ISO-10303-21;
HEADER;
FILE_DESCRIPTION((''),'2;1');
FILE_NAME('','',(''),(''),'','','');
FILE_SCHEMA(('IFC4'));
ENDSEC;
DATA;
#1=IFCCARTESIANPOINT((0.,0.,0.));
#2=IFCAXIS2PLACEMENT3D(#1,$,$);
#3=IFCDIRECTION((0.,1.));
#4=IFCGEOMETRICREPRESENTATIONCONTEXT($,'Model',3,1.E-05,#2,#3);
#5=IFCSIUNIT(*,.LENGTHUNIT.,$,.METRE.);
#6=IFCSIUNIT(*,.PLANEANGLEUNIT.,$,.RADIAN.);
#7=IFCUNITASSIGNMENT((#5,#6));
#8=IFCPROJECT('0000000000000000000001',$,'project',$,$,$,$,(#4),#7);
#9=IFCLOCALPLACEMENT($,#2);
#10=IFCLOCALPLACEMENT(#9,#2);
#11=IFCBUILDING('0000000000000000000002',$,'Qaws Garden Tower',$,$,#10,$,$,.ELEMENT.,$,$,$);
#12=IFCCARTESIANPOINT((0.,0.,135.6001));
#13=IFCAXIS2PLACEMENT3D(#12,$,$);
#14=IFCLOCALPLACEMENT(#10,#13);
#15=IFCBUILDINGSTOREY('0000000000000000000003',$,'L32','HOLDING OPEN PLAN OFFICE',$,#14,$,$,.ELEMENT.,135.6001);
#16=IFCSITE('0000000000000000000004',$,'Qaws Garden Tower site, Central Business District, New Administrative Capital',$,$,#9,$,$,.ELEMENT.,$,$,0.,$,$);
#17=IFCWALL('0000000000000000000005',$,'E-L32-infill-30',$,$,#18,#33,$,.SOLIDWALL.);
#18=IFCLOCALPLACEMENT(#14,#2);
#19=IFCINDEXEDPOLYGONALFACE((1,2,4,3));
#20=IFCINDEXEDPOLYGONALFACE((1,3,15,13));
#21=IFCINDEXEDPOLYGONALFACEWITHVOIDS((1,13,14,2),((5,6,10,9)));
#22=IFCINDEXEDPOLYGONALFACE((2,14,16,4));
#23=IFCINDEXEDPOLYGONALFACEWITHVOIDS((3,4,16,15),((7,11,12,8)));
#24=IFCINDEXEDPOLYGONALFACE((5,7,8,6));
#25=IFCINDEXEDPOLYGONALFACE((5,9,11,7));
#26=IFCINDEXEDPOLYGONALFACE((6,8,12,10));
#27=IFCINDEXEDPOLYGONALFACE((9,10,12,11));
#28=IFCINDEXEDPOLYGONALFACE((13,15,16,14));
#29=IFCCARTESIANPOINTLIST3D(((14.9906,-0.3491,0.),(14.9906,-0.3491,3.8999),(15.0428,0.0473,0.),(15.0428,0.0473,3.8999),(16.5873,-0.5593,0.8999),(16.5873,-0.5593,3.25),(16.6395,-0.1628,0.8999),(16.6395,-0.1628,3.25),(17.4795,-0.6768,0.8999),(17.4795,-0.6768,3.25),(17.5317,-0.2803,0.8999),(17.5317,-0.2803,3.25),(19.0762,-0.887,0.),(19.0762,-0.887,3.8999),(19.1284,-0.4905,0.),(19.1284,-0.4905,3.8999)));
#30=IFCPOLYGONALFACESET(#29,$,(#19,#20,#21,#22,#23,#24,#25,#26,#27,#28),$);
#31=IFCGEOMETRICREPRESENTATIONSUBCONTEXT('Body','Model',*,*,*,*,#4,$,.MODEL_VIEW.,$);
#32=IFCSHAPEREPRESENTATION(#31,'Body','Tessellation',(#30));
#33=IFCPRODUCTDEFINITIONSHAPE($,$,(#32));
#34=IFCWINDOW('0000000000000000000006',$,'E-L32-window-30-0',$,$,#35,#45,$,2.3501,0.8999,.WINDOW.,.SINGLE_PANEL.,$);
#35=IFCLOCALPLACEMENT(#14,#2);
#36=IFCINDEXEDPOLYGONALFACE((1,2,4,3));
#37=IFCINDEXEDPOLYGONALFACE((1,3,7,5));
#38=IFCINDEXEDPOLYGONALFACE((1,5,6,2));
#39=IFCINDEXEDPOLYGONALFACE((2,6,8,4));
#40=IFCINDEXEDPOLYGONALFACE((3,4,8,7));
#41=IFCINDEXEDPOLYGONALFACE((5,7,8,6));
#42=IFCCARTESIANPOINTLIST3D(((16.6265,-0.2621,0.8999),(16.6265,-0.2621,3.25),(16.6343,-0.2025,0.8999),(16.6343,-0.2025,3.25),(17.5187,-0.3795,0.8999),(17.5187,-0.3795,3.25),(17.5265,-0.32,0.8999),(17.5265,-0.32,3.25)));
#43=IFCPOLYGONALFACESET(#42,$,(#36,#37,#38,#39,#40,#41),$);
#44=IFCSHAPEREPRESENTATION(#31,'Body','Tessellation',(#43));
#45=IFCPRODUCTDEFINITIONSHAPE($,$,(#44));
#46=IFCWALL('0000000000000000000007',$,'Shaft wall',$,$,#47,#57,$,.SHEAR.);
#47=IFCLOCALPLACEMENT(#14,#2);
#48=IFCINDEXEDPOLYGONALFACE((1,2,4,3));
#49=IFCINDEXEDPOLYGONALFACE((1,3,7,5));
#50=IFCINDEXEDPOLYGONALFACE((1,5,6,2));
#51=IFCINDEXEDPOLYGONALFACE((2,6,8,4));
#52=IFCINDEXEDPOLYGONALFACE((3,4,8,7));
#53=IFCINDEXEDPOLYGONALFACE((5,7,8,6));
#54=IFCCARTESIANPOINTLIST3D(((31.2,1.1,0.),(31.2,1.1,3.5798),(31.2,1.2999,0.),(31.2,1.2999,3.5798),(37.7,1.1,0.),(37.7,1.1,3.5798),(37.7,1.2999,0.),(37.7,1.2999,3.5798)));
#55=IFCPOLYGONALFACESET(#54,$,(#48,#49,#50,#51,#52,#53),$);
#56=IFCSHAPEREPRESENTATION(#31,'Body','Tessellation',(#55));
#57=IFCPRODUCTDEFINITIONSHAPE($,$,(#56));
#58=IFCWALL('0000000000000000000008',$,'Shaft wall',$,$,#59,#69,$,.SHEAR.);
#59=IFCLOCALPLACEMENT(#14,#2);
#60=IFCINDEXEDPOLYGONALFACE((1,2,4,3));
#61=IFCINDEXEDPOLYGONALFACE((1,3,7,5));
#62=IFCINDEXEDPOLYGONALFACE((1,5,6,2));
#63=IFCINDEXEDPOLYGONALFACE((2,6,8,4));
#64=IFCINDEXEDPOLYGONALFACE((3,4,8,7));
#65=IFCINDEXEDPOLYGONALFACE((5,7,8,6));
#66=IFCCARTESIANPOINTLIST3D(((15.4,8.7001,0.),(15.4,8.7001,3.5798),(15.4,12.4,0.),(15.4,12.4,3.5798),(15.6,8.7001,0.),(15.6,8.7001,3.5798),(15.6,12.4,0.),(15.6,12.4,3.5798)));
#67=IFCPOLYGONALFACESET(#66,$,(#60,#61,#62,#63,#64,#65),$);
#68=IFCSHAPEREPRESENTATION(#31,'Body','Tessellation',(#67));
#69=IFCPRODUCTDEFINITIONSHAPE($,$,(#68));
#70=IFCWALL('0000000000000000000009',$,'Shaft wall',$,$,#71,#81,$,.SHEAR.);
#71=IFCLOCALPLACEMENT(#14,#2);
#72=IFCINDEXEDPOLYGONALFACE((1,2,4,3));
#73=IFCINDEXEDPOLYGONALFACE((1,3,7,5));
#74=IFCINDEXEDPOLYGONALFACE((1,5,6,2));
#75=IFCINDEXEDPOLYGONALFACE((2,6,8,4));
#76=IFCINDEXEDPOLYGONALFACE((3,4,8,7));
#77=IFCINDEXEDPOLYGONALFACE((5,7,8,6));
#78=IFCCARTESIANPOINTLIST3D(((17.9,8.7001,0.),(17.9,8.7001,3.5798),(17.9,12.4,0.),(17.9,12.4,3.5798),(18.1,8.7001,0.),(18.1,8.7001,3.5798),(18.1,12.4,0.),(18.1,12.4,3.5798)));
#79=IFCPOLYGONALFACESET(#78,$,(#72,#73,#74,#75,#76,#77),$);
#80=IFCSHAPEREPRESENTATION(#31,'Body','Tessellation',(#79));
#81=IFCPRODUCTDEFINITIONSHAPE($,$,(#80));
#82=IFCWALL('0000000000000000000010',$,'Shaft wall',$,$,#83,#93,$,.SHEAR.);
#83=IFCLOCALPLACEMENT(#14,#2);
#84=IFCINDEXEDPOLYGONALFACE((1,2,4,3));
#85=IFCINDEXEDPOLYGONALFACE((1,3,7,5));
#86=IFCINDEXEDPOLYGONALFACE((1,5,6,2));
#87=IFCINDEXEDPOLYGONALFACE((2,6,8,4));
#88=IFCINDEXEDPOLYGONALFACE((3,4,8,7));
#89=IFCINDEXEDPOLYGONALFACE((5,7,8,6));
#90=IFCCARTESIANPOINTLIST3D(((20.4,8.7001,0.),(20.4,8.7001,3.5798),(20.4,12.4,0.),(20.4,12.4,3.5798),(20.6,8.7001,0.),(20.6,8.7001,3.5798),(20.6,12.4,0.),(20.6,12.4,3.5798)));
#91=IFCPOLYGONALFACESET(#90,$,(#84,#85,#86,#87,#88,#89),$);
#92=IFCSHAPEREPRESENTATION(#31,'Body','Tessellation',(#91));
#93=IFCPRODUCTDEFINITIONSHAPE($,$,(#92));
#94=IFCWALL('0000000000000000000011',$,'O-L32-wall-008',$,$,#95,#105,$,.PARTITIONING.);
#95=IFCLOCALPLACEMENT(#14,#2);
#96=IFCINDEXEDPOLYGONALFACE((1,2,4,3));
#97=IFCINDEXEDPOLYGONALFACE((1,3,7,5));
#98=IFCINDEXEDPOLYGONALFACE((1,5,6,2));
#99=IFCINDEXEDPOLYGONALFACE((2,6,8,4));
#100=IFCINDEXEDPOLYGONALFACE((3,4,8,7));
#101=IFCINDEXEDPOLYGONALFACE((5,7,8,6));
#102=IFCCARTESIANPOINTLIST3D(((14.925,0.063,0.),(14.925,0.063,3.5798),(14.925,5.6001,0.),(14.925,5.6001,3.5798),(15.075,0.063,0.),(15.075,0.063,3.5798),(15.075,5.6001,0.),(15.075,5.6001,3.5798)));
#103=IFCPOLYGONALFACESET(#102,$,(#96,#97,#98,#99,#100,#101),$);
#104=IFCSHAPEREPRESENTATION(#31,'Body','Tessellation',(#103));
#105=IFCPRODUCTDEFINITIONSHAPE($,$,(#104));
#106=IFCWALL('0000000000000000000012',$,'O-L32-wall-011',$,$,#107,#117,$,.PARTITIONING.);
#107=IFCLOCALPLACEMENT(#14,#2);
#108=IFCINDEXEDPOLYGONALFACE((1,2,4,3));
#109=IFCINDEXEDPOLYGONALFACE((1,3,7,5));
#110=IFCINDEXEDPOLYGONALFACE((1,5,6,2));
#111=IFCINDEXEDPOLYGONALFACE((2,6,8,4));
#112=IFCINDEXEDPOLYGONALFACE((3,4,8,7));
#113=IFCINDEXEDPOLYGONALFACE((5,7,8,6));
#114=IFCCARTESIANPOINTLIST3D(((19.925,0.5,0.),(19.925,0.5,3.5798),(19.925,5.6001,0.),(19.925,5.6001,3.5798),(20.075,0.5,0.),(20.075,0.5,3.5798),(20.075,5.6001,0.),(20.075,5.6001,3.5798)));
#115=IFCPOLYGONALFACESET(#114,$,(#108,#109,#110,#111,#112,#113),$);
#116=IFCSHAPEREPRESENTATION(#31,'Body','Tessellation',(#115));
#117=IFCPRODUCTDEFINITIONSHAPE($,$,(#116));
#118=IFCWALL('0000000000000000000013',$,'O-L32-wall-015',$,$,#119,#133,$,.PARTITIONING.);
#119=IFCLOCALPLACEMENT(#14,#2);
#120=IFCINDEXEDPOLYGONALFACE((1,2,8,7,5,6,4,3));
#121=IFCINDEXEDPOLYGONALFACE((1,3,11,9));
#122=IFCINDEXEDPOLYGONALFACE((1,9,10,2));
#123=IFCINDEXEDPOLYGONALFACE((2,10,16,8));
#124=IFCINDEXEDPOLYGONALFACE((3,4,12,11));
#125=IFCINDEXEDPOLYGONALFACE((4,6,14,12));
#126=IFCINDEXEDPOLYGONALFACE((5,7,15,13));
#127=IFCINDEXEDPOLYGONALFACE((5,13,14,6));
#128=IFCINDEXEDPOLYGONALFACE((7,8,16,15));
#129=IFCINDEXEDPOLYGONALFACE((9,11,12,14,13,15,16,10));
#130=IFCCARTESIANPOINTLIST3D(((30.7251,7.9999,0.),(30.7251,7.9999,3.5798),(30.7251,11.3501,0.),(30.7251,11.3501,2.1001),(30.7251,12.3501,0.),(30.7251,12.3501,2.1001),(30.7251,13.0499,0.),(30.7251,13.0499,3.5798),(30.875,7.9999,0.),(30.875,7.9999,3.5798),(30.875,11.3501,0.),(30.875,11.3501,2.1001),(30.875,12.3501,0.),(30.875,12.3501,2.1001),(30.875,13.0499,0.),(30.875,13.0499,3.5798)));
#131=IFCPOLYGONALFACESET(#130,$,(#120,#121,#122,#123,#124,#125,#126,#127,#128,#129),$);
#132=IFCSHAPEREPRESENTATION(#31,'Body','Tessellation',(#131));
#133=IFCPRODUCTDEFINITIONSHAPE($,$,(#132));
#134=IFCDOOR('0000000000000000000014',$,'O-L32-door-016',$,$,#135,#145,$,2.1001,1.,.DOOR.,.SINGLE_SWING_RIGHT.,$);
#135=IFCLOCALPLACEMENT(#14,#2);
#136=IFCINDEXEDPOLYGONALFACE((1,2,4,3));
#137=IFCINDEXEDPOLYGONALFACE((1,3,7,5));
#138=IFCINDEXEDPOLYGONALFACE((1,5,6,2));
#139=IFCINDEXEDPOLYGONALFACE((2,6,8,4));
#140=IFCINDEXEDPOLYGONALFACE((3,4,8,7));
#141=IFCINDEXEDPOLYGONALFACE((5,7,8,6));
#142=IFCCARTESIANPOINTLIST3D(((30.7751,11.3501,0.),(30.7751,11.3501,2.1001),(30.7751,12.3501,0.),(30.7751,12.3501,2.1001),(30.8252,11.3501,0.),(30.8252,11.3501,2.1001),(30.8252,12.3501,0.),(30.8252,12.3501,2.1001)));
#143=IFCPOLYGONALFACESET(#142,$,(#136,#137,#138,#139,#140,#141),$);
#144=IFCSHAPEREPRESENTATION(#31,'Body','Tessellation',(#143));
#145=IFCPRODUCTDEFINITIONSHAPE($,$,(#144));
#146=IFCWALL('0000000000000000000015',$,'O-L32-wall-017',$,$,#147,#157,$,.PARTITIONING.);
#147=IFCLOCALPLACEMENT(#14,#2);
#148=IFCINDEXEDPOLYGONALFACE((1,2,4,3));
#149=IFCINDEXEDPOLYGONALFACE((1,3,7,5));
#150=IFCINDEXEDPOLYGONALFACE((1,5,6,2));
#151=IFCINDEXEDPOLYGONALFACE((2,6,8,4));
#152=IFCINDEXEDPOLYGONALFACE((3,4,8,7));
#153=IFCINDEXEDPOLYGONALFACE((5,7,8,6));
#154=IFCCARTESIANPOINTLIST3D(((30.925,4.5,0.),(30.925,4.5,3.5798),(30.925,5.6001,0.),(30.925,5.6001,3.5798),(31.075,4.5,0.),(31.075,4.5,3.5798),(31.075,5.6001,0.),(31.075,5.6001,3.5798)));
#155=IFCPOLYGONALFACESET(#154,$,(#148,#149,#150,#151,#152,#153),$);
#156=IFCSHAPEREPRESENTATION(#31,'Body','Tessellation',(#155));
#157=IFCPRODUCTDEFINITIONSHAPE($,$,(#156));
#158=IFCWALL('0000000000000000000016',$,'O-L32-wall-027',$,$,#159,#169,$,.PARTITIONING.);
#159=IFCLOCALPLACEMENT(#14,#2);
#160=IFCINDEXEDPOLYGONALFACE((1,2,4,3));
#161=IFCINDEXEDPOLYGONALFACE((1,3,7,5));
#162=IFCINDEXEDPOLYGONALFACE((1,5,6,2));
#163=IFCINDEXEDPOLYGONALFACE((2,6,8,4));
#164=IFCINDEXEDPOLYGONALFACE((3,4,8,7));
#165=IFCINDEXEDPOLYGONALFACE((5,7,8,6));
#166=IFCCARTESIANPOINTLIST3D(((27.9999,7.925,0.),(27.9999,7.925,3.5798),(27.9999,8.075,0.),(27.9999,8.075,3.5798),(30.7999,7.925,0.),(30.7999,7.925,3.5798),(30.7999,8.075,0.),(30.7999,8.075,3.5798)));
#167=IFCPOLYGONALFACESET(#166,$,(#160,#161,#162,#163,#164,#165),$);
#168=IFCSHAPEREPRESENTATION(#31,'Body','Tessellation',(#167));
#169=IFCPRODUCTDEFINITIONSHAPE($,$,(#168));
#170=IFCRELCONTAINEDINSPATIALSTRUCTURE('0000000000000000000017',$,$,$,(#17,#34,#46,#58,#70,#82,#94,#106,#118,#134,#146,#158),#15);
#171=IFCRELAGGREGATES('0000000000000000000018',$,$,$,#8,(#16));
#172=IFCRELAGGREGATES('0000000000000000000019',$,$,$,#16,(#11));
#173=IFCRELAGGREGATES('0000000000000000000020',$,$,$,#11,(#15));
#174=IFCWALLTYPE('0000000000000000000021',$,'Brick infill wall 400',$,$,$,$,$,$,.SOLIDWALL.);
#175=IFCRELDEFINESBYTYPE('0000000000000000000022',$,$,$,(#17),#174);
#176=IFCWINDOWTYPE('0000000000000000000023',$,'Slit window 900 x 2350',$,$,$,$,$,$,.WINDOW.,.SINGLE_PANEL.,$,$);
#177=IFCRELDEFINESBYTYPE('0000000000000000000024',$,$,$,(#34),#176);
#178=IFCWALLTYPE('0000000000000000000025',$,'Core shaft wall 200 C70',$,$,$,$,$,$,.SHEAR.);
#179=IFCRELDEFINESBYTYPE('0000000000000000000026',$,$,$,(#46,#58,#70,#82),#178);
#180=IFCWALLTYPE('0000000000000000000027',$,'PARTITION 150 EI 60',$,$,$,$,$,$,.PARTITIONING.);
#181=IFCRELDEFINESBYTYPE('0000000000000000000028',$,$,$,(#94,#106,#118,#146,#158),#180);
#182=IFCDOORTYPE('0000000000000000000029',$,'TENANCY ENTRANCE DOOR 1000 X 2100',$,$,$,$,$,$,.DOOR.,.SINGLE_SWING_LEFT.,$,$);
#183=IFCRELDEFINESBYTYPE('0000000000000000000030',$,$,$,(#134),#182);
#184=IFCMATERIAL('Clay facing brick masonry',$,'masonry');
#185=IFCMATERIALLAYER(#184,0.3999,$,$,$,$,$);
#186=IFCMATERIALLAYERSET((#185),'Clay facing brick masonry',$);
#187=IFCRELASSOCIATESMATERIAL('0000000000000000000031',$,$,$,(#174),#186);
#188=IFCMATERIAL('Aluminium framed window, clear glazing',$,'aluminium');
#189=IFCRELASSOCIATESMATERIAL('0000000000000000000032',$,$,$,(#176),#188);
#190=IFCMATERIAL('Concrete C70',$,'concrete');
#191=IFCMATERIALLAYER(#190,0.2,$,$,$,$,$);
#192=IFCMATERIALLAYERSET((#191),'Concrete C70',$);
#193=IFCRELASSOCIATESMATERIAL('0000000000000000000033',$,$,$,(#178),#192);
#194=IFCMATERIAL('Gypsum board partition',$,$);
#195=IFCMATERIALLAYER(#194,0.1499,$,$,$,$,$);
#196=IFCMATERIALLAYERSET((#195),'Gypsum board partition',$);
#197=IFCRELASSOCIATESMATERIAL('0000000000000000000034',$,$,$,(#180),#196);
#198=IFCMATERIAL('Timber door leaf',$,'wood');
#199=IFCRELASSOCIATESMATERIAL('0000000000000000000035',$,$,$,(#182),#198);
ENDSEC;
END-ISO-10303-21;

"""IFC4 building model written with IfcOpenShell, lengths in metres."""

from ifc_helpers import new_model, si_unit, direction, frame, frame_2d, origin, place, context, subcontext, project, spatial, rectangle, extrude, material, layer, layer_set, type_object, element, fill, save


model = new_model("IFC4")

# Units and contexts
model_context = context("Model", 3, precision=1e-05, world=origin(), true_north=direction((0.0, 1.0)))
body_context = subcontext(model_context, "Body", "Model", "MODEL_VIEW")
ifc_project = project(units=[si_unit("LENGTHUNIT", "METRE"), si_unit("PLANEANGLEUNIT", "RADIAN")], contexts=[model_context])

# Site, building, storey
site_placement = place(None, origin())
site = spatial("IfcSite", under=ifc_project, at=site_placement, Name="Qaws Garden Tower site, Central Business District, New Administrative Capital", CompositionType="ELEMENT", RefElevation=0.0)
building_placement = place(site_placement, origin())
building = spatial("IfcBuilding", under=site, at=building_placement, Name="Qaws Garden Tower", CompositionType="ELEMENT")
storey_placement = place(building_placement, frame((0.0, 0.0, 135.6001)))
storey = spatial("IfcBuildingStorey", under=building, at=storey_placement, Name="L32", Description="HOLDING OPEN PLAN OFFICE", CompositionType="ELEMENT", Elevation=135.6001)

# Shared definitions
ifc_material_1 = material(Name="Clay facing brick masonry", Category="masonry")
ifc_layer_1 = layer(ifc_material_1, 0.3999)
ifc_layer_set_1 = layer_set([ifc_layer_1], Name="Clay facing brick masonry")
wall_type_1 = type_object("IfcWallType", Name="Brick infill wall 400", PredefinedType="SOLIDWALL", material=ifc_layer_set_1)
ifc_material_2 = material(Name="Aluminium framed window, clear glazing", Category="aluminium")
window_type = type_object("IfcWindowType", Name="Slit window 900 x 2350", PartitioningType="SINGLE_PANEL", PredefinedType="WINDOW", material=ifc_material_2)

# Wall, opening, window
wall_1_placement = place(storey_placement, frame((15.0166, -0.1509, 0.0), z_axis=(0.0, 0.0, 1.0), x_axis=(0.991446, -0.130514, 0.0)))
wall_1 = element("IfcWall", 1, at=wall_1_placement, inside=storey, type_object=wall_type_1, Name="E-L32-infill-30", PredefinedType="SOLIDWALL", context=body_context, shape_type="SweptSolid", body=[
    extrude(rectangle(XDim=4.1208, YDim=0.3999, at=frame_2d((2.0605, 0.0))), origin(), (0.0, 0.0, 1.0), 3.8999),
])
opening_1_placement = place(wall_1_placement, frame((1.6106, 0.0, 0.8999)))
opening_1 = element("IfcOpeningElement", 2, at=opening_1_placement, cuts=wall_1, PredefinedType="OPENING", context=body_context, shape_type="SweptSolid", body=[
    extrude(rectangle(XDim=0.8999, YDim=2.3501, at=frame_2d((0.45, 1.175))), frame((0.0, 0.21, 0.0), z_axis=(0.0, -1.0, 0.0), x_axis=(1.0, 0.0, 0.0)), (0.0, 0.0, 1.0), 0.4199),
])
window_1_placement = place(opening_1_placement, origin())
window_1 = element("IfcWindow", 3, at=window_1_placement, inside=storey, type_object=window_type, Name="E-L32-window-30-0", OverallHeight=2.3501, OverallWidth=0.8999, PartitioningType="SINGLE_PANEL", PredefinedType="WINDOW", context=body_context, shape_type="SweptSolid", body=[
    extrude(rectangle(XDim=0.8999, YDim=2.3501, at=frame_2d((0.45, 1.175))), frame((0.0, 0.1599, 0.0), z_axis=(0.0, -1.0, 0.0), x_axis=(1.0, 0.0, 0.0)), (0.0, 0.0, 1.0), 0.0601),
])
fill(opening_1, window_1)

# Walls
ifc_material_3 = material(Name="Concrete C70", Category="concrete")
ifc_layer_2 = layer(ifc_material_3, 0.2)
ifc_layer_set_2 = layer_set([ifc_layer_2], Name="Concrete C70")
wall_type_2 = type_object("IfcWallType", Name="Core shaft wall 200 C70", PredefinedType="SHEAR", material=ifc_layer_set_2)
wall_2_placement = place(storey_placement, frame((31.2, 1.2, 0.0), z_axis=(0.0, 0.0, 1.0), x_axis=(1.0, 0.0, 0.0)))
element("IfcWall", 4, at=wall_2_placement, inside=storey, type_object=wall_type_2, Name="Shaft wall", PredefinedType="SHEAR", context=body_context, shape_type="SweptSolid", body=[
    extrude(rectangle(XDim=6.5, YDim=0.2, at=frame_2d((3.25, 0.0))), origin(), (0.0, 0.0, 1.0), 3.5798),
])
for number, where, z_axis, x_axis, name in (
    (5, (15.5, 8.7, 0.0), (0.0, 0.0, 1.0), (0.0, 1.0, 0.0), "Shaft wall"),
    (6, (18.0, 8.7, 0.0), (0.0, 0.0, 1.0), (0.0, 1.0, 0.0), "Shaft wall"),
    (7, (20.5, 8.7, 0.0), (0.0, 0.0, 1.0), (0.0, 1.0, 0.0), "Shaft wall"),
):
    element("IfcWall", number, at=place(storey_placement, frame(where, z_axis=z_axis, x_axis=x_axis)), inside=storey, type_object=wall_type_2, Name=name, PredefinedType="SHEAR", context=body_context, shape_type="SweptSolid", body=[
        extrude(rectangle(XDim=3.7, YDim=0.2, at=frame_2d((1.8501, 0.0))), origin(), (0.0, 0.0, 1.0), 3.5798),
    ])
ifc_material_4 = material(Name="Gypsum board partition")
ifc_layer_3 = layer(ifc_material_4, 0.1499)
ifc_layer_set_3 = layer_set([ifc_layer_3], Name="Gypsum board partition")
wall_type_3 = type_object("IfcWallType", Name="PARTITION 150 EI 60", PredefinedType="PARTITIONING", material=ifc_layer_set_3)
wall_3_placement = place(storey_placement, frame((15.0, 0.063, 0.0), z_axis=(0.0, 0.0, 1.0), x_axis=(0.0, 1.0, 0.0)))
element("IfcWall", 8, at=wall_3_placement, inside=storey, type_object=wall_type_3, Name="O-L32-wall-008", PredefinedType="PARTITIONING", context=body_context, shape_type="SweptSolid", body=[
    extrude(rectangle(XDim=5.5371, YDim=0.1499, at=frame_2d((2.7686, 0.0))), origin(), (0.0, 0.0, 1.0), 3.5798),
])
wall_4_placement = place(storey_placement, frame((20.0, 0.5, 0.0), z_axis=(0.0, 0.0, 1.0), x_axis=(0.0, 1.0, 0.0)))
element("IfcWall", 9, at=wall_4_placement, inside=storey, type_object=wall_type_3, Name="O-L32-wall-011", PredefinedType="PARTITIONING", context=body_context, shape_type="SweptSolid", body=[
    extrude(rectangle(XDim=5.1001, YDim=0.1499, at=frame_2d((2.55, 0.0))), origin(), (0.0, 0.0, 1.0), 3.5798),
])

# Wall, opening, door
wall_5_placement = place(storey_placement, frame((30.8, 8.0, 0.0), z_axis=(0.0, 0.0, 1.0), x_axis=(0.0, 1.0, 0.0)))
wall_5 = element("IfcWall", 10, at=wall_5_placement, inside=storey, type_object=wall_type_3, Name="O-L32-wall-015", PredefinedType="PARTITIONING", context=body_context, shape_type="SweptSolid", body=[
    extrude(rectangle(XDim=5.05, YDim=0.1499, at=frame_2d((2.5249, 0.0))), origin(), (0.0, 0.0, 1.0), 3.5798),
])
opening_2_placement = place(wall_5_placement, frame((3.3501, 0.0, 0.0)))
opening_2 = element("IfcOpeningElement", 11, at=opening_2_placement, cuts=wall_5, PredefinedType="OPENING", context=body_context, shape_type="SweptSolid", body=[
    extrude(rectangle(XDim=1.0, YDim=2.1001, at=frame_2d((0.5, 1.05))), frame((0.0, 0.085, 0.0), z_axis=(0.0, -1.0, 0.0), x_axis=(1.0, 0.0, 0.0)), (0.0, 0.0, 1.0), 0.1699),
])
ifc_material_5 = material(Name="Timber door leaf", Category="wood")
door_type = type_object("IfcDoorType", Name="TENANCY ENTRANCE DOOR 1000 X 2100", OperationType="SINGLE_SWING_LEFT", PredefinedType="DOOR", material=ifc_material_5)
door_placement = place(opening_2_placement, origin())
door = element("IfcDoor", 12, at=door_placement, inside=storey, type_object=door_type, Name="O-L32-door-016", OperationType="SINGLE_SWING_RIGHT", OverallHeight=2.1001, OverallWidth=1.0, PredefinedType="DOOR", context=body_context, shape_type="SweptSolid", body=[
    extrude(rectangle(XDim=1.0, YDim=2.1001, at=frame_2d((0.5, 1.05))), frame((0.0, 0.0249, 0.0), z_axis=(0.0, -1.0, 0.0), x_axis=(1.0, 0.0, 0.0)), (0.0, 0.0, 1.0), 0.05),
])
fill(opening_2, door)

# Walls
wall_6_placement = place(storey_placement, frame((31.0, 4.5, 0.0), z_axis=(0.0, 0.0, 1.0), x_axis=(0.0, 1.0, 0.0)))
element("IfcWall", 13, at=wall_6_placement, inside=storey, type_object=wall_type_3, Name="O-L32-wall-017", PredefinedType="PARTITIONING", context=body_context, shape_type="SweptSolid", body=[
    extrude(rectangle(XDim=1.1001, YDim=0.1499, at=frame_2d((0.55, 0.0))), origin(), (0.0, 0.0, 1.0), 3.5798),
])
wall_7_placement = place(storey_placement, frame((28.0, 8.0, 0.0), z_axis=(0.0, 0.0, 1.0), x_axis=(1.0, 0.0, 0.0)))
element("IfcWall", 14, at=wall_7_placement, inside=storey, type_object=wall_type_3, Name="O-L32-wall-027", PredefinedType="PARTITIONING", context=body_context, shape_type="SweptSolid", body=[
    extrude(rectangle(XDim=2.8, YDim=0.1499, at=frame_2d((1.3999, 0.0))), origin(), (0.0, 0.0, 1.0), 3.5798),
])

save(model, "model.ifc")
